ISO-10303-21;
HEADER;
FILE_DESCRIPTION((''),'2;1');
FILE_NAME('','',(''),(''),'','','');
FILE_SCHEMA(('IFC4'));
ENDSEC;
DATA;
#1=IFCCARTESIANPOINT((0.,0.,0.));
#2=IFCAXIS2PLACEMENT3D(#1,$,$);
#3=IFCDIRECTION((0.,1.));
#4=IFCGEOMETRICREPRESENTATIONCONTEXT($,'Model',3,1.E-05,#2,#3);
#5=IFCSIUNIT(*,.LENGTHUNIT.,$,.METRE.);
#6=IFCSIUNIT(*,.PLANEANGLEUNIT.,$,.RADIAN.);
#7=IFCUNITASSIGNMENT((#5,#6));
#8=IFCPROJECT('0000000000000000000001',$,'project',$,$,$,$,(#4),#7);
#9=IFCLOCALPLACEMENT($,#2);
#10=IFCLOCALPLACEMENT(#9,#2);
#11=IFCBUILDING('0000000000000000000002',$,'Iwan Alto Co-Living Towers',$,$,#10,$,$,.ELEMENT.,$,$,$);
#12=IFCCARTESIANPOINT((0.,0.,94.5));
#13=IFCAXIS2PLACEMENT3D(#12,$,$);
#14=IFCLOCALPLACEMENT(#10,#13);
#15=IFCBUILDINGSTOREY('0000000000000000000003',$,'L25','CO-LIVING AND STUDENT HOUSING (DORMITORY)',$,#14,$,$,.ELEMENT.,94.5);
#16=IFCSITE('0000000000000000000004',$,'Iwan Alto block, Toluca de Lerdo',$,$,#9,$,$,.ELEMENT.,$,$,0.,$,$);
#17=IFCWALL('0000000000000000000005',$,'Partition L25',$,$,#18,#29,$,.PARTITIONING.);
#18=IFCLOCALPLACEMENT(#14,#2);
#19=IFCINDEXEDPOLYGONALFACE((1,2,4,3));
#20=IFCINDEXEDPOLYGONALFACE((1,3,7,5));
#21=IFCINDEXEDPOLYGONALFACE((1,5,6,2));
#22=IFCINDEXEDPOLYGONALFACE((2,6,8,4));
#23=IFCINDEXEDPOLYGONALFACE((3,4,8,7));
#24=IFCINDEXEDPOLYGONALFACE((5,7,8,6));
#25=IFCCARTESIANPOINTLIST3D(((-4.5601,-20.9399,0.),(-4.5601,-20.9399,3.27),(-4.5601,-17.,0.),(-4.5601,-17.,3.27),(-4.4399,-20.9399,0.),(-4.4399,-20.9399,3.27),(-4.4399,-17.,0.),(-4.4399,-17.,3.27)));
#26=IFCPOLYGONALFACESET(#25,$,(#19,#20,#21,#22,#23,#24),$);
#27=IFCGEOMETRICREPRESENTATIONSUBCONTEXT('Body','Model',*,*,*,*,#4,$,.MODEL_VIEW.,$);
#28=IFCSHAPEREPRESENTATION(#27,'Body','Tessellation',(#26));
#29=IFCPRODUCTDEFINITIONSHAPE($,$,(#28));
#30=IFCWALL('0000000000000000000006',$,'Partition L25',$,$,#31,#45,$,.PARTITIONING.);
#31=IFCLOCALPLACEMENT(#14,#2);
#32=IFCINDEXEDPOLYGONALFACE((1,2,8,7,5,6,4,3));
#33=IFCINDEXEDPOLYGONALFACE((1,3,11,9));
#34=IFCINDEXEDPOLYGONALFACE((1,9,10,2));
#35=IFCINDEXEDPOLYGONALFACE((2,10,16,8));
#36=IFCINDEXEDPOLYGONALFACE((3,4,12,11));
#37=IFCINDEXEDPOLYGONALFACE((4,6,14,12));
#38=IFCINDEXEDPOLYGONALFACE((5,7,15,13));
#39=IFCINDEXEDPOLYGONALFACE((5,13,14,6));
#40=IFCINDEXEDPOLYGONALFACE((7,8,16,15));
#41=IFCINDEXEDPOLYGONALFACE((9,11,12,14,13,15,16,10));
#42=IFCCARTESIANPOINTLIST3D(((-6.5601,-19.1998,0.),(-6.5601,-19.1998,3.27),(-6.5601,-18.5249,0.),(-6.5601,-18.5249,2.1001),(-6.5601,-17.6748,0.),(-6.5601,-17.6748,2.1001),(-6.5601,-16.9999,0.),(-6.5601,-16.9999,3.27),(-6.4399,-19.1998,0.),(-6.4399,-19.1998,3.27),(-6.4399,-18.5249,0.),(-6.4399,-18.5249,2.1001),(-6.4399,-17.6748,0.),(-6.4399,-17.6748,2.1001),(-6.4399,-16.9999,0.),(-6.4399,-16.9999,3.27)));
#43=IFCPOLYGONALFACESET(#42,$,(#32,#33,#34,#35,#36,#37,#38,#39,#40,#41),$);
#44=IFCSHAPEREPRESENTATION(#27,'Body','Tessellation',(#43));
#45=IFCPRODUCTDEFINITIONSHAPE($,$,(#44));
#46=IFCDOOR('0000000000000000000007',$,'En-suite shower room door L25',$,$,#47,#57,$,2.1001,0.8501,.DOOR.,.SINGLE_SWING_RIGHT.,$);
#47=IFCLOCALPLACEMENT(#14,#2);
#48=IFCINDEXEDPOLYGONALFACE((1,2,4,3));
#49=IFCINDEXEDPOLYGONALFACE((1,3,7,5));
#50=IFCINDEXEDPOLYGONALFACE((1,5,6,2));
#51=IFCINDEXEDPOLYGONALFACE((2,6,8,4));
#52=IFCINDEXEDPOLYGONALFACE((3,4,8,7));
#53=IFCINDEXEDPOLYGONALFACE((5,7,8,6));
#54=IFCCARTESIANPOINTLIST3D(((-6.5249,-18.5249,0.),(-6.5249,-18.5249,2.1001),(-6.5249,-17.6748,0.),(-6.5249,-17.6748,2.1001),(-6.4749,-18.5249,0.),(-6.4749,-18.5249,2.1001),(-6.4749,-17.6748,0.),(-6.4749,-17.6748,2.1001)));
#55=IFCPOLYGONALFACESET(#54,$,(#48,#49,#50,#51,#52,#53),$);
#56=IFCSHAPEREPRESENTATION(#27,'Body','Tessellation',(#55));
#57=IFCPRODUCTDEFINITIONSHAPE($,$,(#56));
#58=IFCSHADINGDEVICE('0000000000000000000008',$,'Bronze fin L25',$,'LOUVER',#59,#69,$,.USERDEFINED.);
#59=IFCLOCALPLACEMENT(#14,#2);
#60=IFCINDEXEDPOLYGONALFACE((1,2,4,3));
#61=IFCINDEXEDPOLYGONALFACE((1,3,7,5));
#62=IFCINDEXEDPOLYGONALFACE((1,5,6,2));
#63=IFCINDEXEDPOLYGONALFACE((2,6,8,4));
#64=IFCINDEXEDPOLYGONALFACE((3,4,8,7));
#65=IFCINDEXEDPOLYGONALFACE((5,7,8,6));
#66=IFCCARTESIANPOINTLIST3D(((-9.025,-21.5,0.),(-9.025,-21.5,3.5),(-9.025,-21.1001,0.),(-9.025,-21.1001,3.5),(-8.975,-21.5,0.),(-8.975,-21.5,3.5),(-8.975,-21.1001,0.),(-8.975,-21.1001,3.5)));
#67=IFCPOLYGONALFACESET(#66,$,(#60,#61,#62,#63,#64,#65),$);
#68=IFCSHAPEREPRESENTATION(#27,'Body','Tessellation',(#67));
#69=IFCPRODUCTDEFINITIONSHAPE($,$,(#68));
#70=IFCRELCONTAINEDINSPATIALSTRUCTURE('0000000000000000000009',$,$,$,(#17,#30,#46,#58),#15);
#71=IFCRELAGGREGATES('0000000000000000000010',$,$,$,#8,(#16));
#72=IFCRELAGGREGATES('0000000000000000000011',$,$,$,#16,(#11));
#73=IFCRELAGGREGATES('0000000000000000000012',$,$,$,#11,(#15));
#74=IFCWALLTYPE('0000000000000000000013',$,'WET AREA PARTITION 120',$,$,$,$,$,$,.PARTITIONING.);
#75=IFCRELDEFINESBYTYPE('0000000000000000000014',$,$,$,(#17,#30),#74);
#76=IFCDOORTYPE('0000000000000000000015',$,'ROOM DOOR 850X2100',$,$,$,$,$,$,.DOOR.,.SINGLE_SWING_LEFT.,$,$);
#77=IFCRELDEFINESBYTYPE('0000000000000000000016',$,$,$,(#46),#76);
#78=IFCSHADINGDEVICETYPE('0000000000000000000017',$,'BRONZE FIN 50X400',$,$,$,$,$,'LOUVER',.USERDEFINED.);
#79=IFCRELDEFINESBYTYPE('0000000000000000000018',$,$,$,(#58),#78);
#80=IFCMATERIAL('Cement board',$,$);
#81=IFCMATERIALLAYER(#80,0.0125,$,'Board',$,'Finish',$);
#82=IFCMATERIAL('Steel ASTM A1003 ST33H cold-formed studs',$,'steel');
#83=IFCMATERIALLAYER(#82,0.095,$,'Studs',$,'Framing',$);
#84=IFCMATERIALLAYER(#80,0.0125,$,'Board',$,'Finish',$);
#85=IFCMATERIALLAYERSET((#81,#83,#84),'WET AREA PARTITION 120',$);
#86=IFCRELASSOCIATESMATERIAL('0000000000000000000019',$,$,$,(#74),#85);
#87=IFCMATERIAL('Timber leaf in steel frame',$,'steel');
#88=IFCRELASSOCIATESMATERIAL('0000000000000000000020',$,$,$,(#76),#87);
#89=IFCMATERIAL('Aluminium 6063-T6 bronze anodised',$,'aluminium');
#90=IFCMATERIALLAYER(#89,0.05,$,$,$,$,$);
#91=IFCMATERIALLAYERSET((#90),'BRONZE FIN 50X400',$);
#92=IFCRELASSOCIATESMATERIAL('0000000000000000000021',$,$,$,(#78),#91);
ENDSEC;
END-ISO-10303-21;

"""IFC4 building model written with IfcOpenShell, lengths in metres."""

from ifc_helpers import new_model, si_unit, direction, frame, frame_2d, origin, origin_2d, place, context, subcontext, project, spatial, rectangle, extrude, material, layer, layer_set, type_object, element, fill, save


model = new_model("IFC4")

# Units and contexts
model_context = context("Model", 3, precision=1e-05, world=origin(), true_north=direction((0.0, 1.0)))
body_context = subcontext(model_context, "Body", "Model", "MODEL_VIEW")
ifc_project = project(units=[si_unit("LENGTHUNIT", "METRE"), si_unit("PLANEANGLEUNIT", "RADIAN")], contexts=[model_context])

# Site, building, storey
site_placement = place(None, origin())
site = spatial("IfcSite", under=ifc_project, at=site_placement, Name="Iwan Alto block, Toluca de Lerdo", CompositionType="ELEMENT", RefElevation=0.0)
building_placement = place(site_placement, origin())
building = spatial("IfcBuilding", under=site, at=building_placement, Name="Iwan Alto Co-Living Towers", CompositionType="ELEMENT")
storey_placement = place(building_placement, frame((0.0, 0.0, 94.5)))
storey = spatial("IfcBuildingStorey", under=building, at=storey_placement, Name="L25", Description="CO-LIVING AND STUDENT HOUSING (DORMITORY)", CompositionType="ELEMENT", Elevation=94.5)

# Shared definitions
ifc_material_1 = material(Name="Steel ASTM A1003 ST33H cold-formed studs", Category="steel")

# Shared definitions
ifc_material_2 = material(Name="Cement board")
ifc_layer_1 = layer(ifc_material_2, 0.0125, Name="Board", Category="Finish")
ifc_layer_2 = layer(ifc_material_1, 0.095, Name="Studs", Category="Framing")
ifc_layer_3 = layer(ifc_material_2, 0.0125, Name="Board", Category="Finish")
ifc_layer_set_1 = layer_set([ifc_layer_1, ifc_layer_2, ifc_layer_3], Name="WET AREA PARTITION 120")
wall_type_1 = type_object("IfcWallType", Name="WET AREA PARTITION 120", PredefinedType="PARTITIONING", material=ifc_layer_set_1)
ifc_material_3 = material(Name="Timber leaf in steel frame", Category="steel")
door_type_1 = type_object("IfcDoorType", Name="ROOM DOOR 850X2100", OperationType="SINGLE_SWING_LEFT", PredefinedType="DOOR", material=ifc_material_3)

# Wall
wall_1_placement = place(storey_placement, frame((-4.5, -20.9399, 0.0), z_axis=(0.0, 0.0, 1.0), x_axis=(0.0, 1.0, 0.0)))
element("IfcWall", 1, at=wall_1_placement, inside=storey, type_object=wall_type_1, Name="Partition L25", PredefinedType="PARTITIONING", context=body_context, shape_type="SweptSolid", body=[
    extrude(rectangle(XDim=3.9399, YDim=0.1201, at=frame_2d((1.97, 0.0))), origin(), (0.0, 0.0, 1.0), 3.27),
])

# Wall, opening, door
wall_2_placement = place(storey_placement, frame((-6.5, -19.2, 0.0), z_axis=(0.0, 0.0, 1.0), x_axis=(0.0, 1.0, 0.0)))
wall_2 = element("IfcWall", 2, at=wall_2_placement, inside=storey, type_object=wall_type_1, Name="Partition L25", PredefinedType="PARTITIONING", context=body_context, shape_type="SweptSolid", body=[
    extrude(rectangle(XDim=2.2, YDim=0.1201, at=frame_2d((1.1001, 0.0))), origin(), (0.0, 0.0, 1.0), 3.27),
])
opening_1_placement = place(wall_2_placement, frame((0.675, 0.0, 0.0)))
opening_1 = element("IfcOpeningElement", 3, at=opening_1_placement, cuts=wall_2, PredefinedType="OPENING", context=body_context, shape_type="SweptSolid", body=[
    extrude(rectangle(XDim=0.8501, YDim=2.1001, at=frame_2d((0.425, 1.05))), frame((0.0, 0.0701, 0.0), z_axis=(0.0, -1.0, 0.0), x_axis=(1.0, 0.0, 0.0)), (0.0, 0.0, 1.0), 0.1401),
])
door_1_placement = place(opening_1_placement, origin())
door_1 = element("IfcDoor", 4, at=door_1_placement, inside=storey, type_object=door_type_1, Name="En-suite shower room door L25", OperationType="SINGLE_SWING_RIGHT", OverallHeight=2.1001, OverallWidth=0.8501, PredefinedType="DOOR", context=body_context, shape_type="SweptSolid", body=[
    extrude(rectangle(XDim=0.8501, YDim=2.1001, at=frame_2d((0.425, 1.05))), frame((0.0, 0.0249, 0.0), z_axis=(0.0, -1.0, 0.0), x_axis=(1.0, 0.0, 0.0)), (0.0, 0.0, 1.0), 0.05),
])
fill(opening_1, door_1)

# Shading device
ifc_material_4 = material(Name="Aluminium 6063-T6 bronze anodised", Category="aluminium")
ifc_layer_4 = layer(ifc_material_4, 0.05)
ifc_layer_set_2 = layer_set([ifc_layer_4], Name="BRONZE FIN 50X400")
shading_device_type = type_object("IfcShadingDeviceType", Name="BRONZE FIN 50X400", ElementType="LOUVER", PredefinedType="USERDEFINED", material=ifc_layer_set_2)
shading_device_placement = place(storey_placement, frame((-9.0, -21.3, 0.0), z_axis=(0.0, 0.0, 1.0), x_axis=(1.0, 0.0, 0.0)))
element("IfcShadingDevice", 5, at=shading_device_placement, inside=storey, type_object=shading_device_type, Name="Bronze fin L25", ObjectType="LOUVER", PredefinedType="USERDEFINED", context=body_context, shape_type="SweptSolid", body=[
    extrude(rectangle(XDim=0.05, YDim=0.3999, at=origin_2d()), origin(), (0.0, 0.0, 1.0), 3.5),
])

save(model, "model.ifc")
